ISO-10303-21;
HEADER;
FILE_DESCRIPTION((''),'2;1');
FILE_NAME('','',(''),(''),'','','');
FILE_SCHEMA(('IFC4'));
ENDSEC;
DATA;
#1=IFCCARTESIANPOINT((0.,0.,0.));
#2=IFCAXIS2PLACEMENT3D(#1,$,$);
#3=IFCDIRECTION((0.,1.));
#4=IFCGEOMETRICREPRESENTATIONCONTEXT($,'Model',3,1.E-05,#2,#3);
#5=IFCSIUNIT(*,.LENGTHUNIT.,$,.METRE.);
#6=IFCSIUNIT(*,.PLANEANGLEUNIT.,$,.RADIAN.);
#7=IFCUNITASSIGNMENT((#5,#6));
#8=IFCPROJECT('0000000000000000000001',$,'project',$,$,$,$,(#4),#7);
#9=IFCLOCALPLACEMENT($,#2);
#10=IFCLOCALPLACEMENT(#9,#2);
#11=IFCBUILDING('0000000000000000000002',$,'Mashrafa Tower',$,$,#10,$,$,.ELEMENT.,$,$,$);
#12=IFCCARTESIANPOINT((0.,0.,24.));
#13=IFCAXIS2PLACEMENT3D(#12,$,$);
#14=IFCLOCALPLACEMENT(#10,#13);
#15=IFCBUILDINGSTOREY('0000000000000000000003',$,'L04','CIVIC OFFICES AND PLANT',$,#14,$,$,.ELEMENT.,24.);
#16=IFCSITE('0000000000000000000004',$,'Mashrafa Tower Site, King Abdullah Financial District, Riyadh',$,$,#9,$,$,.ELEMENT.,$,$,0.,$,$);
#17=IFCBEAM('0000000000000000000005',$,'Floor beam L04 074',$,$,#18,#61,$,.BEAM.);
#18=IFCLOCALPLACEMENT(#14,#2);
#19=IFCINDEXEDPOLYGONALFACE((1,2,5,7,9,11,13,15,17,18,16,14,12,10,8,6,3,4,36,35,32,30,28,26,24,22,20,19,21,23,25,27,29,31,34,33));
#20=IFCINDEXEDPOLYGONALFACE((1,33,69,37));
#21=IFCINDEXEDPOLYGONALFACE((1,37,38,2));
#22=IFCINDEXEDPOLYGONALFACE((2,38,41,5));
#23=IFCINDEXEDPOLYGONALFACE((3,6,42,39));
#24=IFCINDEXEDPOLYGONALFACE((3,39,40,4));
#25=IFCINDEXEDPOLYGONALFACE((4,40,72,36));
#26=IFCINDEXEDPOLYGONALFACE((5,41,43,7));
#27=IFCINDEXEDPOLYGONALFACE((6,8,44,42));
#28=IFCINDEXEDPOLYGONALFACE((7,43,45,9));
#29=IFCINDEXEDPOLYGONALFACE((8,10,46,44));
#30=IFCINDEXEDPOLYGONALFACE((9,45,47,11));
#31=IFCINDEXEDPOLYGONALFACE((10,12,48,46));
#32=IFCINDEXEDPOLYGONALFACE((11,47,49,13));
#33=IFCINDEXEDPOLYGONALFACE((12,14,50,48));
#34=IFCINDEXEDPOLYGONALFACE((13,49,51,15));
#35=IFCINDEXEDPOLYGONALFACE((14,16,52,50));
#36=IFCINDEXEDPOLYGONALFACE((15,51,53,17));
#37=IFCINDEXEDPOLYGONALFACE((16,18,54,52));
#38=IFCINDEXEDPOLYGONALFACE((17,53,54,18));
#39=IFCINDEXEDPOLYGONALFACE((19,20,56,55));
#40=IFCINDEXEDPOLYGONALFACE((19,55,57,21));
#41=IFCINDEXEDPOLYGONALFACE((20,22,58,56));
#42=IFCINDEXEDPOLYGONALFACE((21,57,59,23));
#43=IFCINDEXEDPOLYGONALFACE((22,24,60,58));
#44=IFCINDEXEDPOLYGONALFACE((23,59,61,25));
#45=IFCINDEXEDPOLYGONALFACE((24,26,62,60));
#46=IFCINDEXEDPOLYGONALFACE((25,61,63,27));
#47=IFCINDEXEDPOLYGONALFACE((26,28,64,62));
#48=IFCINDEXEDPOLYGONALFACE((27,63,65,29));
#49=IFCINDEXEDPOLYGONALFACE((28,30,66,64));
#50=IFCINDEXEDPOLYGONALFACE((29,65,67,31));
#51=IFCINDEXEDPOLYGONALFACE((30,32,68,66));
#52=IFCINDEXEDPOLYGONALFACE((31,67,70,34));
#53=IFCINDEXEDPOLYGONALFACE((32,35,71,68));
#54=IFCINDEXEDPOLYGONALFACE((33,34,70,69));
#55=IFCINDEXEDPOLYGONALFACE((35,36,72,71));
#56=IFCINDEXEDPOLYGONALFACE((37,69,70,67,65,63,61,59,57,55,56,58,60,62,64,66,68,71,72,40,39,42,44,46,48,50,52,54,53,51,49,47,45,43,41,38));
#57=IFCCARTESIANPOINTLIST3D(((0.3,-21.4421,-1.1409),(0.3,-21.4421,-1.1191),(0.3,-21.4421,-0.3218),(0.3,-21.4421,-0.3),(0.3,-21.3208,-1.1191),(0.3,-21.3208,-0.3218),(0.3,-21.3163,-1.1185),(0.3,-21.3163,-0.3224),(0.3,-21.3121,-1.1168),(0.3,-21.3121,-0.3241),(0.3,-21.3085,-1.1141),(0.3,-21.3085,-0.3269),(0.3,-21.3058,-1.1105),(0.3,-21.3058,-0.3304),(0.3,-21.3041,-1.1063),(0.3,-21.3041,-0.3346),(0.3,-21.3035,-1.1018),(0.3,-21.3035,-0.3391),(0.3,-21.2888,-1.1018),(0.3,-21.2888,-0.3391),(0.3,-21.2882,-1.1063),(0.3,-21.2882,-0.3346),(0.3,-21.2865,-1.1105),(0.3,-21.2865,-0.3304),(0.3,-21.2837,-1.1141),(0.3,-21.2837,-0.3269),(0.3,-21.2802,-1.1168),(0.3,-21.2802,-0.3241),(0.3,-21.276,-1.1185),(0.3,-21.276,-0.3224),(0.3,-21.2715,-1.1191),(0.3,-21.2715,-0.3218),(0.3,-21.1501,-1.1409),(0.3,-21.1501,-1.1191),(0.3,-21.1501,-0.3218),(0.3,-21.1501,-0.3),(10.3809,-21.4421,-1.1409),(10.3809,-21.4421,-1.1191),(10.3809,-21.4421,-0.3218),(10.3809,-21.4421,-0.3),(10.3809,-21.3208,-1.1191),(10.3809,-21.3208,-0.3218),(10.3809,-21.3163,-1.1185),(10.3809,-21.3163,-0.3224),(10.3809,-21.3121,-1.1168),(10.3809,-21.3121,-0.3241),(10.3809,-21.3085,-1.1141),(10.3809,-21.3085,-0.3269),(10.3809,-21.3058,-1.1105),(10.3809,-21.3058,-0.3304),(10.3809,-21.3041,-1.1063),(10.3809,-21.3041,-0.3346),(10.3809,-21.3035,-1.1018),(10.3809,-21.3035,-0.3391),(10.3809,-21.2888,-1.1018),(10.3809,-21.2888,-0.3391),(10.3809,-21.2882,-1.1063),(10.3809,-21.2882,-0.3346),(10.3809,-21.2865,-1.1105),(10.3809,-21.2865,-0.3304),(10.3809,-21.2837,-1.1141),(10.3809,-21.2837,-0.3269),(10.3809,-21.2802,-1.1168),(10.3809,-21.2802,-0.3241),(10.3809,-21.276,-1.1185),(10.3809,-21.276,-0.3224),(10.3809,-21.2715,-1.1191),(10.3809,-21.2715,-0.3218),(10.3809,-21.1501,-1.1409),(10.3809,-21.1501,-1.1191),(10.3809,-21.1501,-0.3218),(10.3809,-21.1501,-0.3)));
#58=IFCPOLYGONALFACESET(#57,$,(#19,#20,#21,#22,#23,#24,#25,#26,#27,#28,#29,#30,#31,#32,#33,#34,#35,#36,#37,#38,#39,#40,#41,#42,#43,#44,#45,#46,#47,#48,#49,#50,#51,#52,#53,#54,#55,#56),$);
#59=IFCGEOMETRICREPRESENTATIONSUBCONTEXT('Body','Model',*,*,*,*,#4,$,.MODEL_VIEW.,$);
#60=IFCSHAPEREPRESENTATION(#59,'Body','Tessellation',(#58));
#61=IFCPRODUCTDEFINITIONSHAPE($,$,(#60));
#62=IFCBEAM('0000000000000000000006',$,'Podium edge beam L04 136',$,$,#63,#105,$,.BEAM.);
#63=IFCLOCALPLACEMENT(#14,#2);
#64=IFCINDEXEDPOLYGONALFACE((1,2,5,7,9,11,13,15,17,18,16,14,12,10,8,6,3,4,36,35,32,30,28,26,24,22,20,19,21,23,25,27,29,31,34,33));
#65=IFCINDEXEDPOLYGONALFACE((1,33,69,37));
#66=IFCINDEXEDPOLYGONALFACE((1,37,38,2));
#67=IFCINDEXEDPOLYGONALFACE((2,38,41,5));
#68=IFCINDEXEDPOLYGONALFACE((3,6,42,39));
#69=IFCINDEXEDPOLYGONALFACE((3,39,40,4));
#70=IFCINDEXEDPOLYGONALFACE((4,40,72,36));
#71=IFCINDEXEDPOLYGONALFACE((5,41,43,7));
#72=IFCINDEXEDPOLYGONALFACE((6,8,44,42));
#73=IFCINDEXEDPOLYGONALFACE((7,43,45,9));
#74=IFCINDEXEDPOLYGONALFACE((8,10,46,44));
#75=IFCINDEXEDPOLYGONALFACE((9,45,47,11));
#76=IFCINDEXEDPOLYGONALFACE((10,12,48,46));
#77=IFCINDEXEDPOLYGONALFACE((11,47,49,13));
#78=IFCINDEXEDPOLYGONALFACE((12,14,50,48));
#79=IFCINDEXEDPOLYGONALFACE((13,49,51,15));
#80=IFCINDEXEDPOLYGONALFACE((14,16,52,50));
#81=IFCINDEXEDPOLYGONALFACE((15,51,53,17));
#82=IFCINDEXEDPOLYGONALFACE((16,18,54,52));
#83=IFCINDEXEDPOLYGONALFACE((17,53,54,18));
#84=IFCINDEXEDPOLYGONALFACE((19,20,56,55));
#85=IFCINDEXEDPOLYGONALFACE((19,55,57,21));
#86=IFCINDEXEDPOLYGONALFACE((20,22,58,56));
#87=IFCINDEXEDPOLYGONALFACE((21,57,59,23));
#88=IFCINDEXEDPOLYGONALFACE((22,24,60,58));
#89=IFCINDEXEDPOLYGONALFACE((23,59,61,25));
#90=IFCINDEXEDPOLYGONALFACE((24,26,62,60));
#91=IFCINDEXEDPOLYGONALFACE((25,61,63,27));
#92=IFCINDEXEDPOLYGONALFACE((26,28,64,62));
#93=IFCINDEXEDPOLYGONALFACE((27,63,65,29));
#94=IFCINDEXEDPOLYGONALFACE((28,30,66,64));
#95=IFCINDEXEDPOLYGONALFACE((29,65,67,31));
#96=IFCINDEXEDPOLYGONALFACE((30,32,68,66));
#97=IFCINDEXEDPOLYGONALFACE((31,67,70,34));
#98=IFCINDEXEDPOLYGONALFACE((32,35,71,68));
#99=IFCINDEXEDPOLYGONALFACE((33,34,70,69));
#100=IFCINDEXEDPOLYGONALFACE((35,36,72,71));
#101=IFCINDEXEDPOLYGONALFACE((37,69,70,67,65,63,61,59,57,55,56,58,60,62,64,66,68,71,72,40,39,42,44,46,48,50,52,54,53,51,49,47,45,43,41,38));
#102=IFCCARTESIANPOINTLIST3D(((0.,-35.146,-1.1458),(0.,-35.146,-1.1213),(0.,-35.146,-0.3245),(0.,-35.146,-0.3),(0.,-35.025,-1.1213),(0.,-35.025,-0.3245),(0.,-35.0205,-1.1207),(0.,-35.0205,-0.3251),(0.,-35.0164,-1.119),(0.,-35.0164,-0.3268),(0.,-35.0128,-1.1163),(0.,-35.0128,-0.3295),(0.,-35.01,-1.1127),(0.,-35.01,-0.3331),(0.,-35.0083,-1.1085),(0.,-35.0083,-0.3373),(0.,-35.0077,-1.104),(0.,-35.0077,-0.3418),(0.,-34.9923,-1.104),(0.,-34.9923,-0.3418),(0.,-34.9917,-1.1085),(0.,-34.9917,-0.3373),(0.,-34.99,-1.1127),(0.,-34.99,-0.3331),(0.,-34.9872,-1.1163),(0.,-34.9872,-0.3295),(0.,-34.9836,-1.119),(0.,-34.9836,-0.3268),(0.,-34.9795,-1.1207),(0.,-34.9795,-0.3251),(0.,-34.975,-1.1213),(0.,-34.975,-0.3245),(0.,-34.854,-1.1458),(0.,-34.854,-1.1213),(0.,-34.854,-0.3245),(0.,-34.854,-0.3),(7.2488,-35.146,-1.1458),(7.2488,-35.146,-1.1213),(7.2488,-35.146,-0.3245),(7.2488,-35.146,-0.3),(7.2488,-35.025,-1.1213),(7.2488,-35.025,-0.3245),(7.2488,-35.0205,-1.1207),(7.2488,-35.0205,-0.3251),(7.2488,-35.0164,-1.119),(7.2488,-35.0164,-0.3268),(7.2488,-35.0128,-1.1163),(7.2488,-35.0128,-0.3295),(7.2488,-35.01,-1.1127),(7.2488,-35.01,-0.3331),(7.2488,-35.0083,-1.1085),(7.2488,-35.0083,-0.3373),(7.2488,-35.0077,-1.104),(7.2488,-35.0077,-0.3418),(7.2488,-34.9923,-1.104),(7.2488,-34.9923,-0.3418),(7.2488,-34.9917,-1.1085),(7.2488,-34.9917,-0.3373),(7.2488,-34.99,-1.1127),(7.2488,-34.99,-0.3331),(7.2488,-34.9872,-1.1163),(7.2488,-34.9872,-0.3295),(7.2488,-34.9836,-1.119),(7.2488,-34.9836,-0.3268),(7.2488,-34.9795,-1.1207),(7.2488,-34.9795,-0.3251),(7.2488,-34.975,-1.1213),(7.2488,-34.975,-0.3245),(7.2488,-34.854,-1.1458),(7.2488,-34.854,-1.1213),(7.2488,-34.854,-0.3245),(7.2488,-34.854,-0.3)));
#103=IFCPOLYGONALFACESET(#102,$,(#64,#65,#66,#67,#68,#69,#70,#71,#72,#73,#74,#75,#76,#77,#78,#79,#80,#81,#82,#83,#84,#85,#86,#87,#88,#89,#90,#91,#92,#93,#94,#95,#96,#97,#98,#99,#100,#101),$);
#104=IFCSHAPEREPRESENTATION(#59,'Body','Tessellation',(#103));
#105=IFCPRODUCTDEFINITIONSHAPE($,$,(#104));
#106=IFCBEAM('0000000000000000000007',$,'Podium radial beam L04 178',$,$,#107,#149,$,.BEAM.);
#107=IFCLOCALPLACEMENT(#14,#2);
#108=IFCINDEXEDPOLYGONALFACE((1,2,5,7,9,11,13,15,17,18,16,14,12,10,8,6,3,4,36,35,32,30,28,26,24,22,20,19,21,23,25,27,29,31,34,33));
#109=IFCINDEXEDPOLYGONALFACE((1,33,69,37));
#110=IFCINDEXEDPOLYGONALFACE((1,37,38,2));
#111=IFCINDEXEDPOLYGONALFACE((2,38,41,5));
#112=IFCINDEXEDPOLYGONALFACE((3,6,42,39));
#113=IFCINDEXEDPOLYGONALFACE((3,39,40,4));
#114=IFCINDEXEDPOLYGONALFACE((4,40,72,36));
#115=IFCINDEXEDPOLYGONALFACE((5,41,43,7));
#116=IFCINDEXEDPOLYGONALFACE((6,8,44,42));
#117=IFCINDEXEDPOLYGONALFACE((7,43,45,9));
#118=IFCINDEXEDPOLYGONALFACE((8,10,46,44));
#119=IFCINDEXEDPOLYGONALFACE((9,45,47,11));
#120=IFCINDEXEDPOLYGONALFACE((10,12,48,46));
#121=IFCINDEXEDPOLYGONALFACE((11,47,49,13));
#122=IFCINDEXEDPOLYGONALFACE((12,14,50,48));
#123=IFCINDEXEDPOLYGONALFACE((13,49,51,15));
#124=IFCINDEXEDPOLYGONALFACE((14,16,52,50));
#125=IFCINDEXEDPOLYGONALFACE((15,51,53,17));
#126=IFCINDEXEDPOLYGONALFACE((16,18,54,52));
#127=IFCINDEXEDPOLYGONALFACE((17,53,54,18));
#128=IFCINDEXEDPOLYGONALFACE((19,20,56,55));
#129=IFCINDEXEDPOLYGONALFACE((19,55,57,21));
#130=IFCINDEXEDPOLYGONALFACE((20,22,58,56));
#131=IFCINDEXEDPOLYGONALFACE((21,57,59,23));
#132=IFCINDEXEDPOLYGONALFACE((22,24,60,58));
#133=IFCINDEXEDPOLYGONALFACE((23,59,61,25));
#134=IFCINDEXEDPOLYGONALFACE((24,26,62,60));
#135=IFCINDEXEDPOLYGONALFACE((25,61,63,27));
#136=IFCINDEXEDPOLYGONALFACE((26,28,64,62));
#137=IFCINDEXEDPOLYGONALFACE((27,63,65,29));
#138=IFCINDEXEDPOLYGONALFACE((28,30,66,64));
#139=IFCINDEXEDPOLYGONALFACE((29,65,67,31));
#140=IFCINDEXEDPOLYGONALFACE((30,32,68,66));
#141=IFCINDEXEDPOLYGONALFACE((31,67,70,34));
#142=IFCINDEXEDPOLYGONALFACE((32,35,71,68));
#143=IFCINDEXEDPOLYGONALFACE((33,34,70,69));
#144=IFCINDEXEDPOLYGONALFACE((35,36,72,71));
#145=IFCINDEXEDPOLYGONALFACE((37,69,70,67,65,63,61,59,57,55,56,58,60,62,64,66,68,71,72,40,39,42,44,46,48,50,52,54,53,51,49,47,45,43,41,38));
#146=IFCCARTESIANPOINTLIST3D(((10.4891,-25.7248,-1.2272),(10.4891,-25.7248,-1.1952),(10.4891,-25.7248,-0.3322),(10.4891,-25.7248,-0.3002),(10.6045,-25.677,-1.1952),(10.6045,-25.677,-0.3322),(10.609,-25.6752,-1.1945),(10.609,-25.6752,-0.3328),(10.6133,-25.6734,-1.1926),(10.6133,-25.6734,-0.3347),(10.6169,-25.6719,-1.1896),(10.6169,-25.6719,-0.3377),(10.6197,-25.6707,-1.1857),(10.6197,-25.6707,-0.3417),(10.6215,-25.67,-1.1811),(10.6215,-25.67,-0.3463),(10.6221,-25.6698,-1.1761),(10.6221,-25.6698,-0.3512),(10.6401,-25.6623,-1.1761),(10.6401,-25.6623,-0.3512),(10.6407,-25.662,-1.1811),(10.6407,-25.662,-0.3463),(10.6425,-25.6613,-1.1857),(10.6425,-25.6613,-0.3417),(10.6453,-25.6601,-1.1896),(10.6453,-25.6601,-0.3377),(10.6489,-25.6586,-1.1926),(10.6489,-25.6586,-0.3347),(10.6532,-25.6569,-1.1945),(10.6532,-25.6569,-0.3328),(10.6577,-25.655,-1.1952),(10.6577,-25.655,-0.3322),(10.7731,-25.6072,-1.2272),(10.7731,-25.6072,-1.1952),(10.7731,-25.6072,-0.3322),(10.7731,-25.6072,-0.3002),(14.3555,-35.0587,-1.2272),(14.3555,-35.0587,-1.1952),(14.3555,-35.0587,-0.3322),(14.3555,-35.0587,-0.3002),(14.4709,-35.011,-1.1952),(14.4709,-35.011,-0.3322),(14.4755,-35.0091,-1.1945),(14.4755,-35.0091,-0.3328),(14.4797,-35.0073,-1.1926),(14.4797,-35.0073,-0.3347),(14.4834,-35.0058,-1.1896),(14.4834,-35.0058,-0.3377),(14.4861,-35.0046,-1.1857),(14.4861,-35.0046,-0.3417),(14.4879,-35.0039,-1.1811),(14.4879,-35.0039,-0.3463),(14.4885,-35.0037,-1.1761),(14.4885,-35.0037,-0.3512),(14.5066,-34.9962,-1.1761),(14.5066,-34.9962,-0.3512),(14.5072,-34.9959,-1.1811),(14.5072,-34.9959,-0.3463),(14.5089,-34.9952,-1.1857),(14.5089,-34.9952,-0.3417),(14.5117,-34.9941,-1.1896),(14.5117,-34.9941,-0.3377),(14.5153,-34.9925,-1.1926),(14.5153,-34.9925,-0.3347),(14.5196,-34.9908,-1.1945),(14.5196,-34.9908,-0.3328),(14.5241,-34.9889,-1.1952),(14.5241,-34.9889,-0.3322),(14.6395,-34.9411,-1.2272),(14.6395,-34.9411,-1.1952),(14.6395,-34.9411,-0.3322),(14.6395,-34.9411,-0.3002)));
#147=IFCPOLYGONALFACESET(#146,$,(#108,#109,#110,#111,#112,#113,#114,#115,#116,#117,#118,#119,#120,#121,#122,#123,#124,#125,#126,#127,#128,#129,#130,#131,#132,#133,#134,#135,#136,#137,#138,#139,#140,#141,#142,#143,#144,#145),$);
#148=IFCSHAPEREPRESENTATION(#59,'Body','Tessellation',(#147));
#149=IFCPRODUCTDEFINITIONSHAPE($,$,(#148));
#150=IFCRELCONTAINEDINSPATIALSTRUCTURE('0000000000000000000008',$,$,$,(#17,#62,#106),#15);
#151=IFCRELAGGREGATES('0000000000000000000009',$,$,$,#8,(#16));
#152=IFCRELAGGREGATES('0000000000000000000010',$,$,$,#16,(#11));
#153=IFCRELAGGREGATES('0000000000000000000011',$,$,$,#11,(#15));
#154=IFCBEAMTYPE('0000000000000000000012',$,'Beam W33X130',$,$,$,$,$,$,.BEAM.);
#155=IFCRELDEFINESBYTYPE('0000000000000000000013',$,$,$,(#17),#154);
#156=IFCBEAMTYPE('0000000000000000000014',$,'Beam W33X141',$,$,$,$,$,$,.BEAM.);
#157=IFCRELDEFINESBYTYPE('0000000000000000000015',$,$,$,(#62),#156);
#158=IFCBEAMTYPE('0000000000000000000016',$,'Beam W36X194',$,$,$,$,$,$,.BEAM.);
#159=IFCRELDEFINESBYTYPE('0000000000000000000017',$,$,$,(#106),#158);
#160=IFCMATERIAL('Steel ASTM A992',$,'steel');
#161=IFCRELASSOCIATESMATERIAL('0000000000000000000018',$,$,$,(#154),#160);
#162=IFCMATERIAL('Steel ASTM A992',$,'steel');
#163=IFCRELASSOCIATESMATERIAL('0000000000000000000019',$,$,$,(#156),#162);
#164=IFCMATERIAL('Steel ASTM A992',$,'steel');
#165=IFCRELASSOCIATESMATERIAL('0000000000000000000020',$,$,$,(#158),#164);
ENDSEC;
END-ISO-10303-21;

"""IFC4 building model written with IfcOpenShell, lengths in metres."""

from ifc_helpers import new_model, si_unit, direction, frame, origin, origin_2d, place, context, subcontext, project, spatial, i_section, extrude, material, material_profile, profile_set, type_object, element, save


model = new_model("IFC4")

# Units and contexts
model_context = context("Model", 3, precision=1e-05, world=origin(), true_north=direction((0.0, 1.0)))
body_context = subcontext(model_context, "Body", "Model", "MODEL_VIEW")
ifc_project = project(units=[si_unit("LENGTHUNIT", "METRE"), si_unit("PLANEANGLEUNIT", "RADIAN")], contexts=[model_context])

# Site, building, storey
site_placement = place(None, origin())
site = spatial("IfcSite", under=ifc_project, at=site_placement, Name="Mashrafa Tower Site, King Abdullah Financial District, Riyadh", CompositionType="ELEMENT", RefElevation=0.0)
building_placement = place(site_placement, origin())
building = spatial("IfcBuilding", under=site, at=building_placement, Name="Mashrafa Tower", CompositionType="ELEMENT")
storey_placement = place(building_placement, frame((0.0, 0.0, 24.0)))
storey = spatial("IfcBuildingStorey", under=building, at=storey_placement, Name="L04", Description="CIVIC OFFICES AND PLANT", CompositionType="ELEMENT", Elevation=24.0)

# Beams
ifc_material_1 = material(Name="Steel ASTM A992", Category="steel")
ifc_material_profile_1 = material_profile(ifc_material_1, i_section(OverallWidth=0.292, OverallDepth=0.8408, WebThickness=0.0146, FlangeThickness=0.0217, FilletRadius=0.0173, at=origin_2d()), Name="W33X130")
ifc_profile_set_1 = profile_set([ifc_material_profile_1], Name="Steel ASTM A992")
beam_type_1 = type_object("IfcBeamType", Name="Beam W33X130", PredefinedType="BEAM", material=ifc_profile_set_1)
beam_1_placement = place(storey_placement, frame((10.3809, -21.2961, -0.7205), z_axis=(-1.0, 0.0, 0.0), x_axis=(0.0, -1.0, 0.0)))
element("IfcBeam", 1, at=beam_1_placement, inside=storey, type_object=beam_type_1, Name="Floor beam L04 074", PredefinedType="BEAM", context=body_context, shape_type="SweptSolid", body=[
    extrude(i_section(OverallWidth=0.292, OverallDepth=0.8408, WebThickness=0.0146, FlangeThickness=0.0217, FilletRadius=0.0173, at=origin_2d()), origin(), (0.0, 0.0, 1.0), 10.0808),
])
ifc_material_2 = material(Name="Steel ASTM A992", Category="steel")
ifc_material_profile_2 = material_profile(ifc_material_2, i_section(OverallWidth=0.292, OverallDepth=0.8457, WebThickness=0.0154, FlangeThickness=0.0244, FilletRadius=0.0173, at=origin_2d()), Name="W33X141")
ifc_profile_set_2 = profile_set([ifc_material_profile_2], Name="Steel ASTM A992")
beam_type_2 = type_object("IfcBeamType", Name="Beam W33X141", PredefinedType="BEAM", material=ifc_profile_set_2)
beam_2_placement = place(storey_placement, frame((0.0, -35.0, -0.7229), z_axis=(1.0, 0.0, 0.0), x_axis=(0.0, 1.0, 0.0)))
element("IfcBeam", 2, at=beam_2_placement, inside=storey, type_object=beam_type_2, Name="Podium edge beam L04 136", PredefinedType="BEAM", context=body_context, shape_type="SweptSolid", body=[
    extrude(i_section(OverallWidth=0.292, OverallDepth=0.8457, WebThickness=0.0154, FlangeThickness=0.0244, FilletRadius=0.0173, at=origin_2d()), origin(), (0.0, 0.0, 1.0), 7.2488),
])
ifc_material_3 = material(Name="Steel ASTM A992", Category="steel")
ifc_material_profile_3 = material_profile(ifc_material_3, i_section(OverallWidth=0.3074, OverallDepth=0.927, WebThickness=0.0195, FlangeThickness=0.032, FilletRadius=0.019, at=origin_2d()), Name="W36X194")
ifc_profile_set_3 = profile_set([ifc_material_profile_3], Name="Steel ASTM A992")
beam_type_3 = type_object("IfcBeamType", Name="Beam W36X194", PredefinedType="BEAM", material=ifc_profile_set_3)
beam_3_placement = place(storey_placement, frame((10.6311, -25.666, -0.7637), z_axis=(0.3827, -0.923873, 0.0), x_axis=(0.923873, 0.3827, 0.0)))
element("IfcBeam", 3, at=beam_3_placement, inside=storey, type_object=beam_type_3, Name="Podium radial beam L04 178", PredefinedType="BEAM", context=body_context, shape_type="SweptSolid", body=[
    extrude(i_section(OverallWidth=0.3074, OverallDepth=0.927, WebThickness=0.0195, FlangeThickness=0.032, FilletRadius=0.019, at=origin_2d()), origin(), (0.0, 0.0, 1.0), 10.103),
])

save(model, "model.ifc")
